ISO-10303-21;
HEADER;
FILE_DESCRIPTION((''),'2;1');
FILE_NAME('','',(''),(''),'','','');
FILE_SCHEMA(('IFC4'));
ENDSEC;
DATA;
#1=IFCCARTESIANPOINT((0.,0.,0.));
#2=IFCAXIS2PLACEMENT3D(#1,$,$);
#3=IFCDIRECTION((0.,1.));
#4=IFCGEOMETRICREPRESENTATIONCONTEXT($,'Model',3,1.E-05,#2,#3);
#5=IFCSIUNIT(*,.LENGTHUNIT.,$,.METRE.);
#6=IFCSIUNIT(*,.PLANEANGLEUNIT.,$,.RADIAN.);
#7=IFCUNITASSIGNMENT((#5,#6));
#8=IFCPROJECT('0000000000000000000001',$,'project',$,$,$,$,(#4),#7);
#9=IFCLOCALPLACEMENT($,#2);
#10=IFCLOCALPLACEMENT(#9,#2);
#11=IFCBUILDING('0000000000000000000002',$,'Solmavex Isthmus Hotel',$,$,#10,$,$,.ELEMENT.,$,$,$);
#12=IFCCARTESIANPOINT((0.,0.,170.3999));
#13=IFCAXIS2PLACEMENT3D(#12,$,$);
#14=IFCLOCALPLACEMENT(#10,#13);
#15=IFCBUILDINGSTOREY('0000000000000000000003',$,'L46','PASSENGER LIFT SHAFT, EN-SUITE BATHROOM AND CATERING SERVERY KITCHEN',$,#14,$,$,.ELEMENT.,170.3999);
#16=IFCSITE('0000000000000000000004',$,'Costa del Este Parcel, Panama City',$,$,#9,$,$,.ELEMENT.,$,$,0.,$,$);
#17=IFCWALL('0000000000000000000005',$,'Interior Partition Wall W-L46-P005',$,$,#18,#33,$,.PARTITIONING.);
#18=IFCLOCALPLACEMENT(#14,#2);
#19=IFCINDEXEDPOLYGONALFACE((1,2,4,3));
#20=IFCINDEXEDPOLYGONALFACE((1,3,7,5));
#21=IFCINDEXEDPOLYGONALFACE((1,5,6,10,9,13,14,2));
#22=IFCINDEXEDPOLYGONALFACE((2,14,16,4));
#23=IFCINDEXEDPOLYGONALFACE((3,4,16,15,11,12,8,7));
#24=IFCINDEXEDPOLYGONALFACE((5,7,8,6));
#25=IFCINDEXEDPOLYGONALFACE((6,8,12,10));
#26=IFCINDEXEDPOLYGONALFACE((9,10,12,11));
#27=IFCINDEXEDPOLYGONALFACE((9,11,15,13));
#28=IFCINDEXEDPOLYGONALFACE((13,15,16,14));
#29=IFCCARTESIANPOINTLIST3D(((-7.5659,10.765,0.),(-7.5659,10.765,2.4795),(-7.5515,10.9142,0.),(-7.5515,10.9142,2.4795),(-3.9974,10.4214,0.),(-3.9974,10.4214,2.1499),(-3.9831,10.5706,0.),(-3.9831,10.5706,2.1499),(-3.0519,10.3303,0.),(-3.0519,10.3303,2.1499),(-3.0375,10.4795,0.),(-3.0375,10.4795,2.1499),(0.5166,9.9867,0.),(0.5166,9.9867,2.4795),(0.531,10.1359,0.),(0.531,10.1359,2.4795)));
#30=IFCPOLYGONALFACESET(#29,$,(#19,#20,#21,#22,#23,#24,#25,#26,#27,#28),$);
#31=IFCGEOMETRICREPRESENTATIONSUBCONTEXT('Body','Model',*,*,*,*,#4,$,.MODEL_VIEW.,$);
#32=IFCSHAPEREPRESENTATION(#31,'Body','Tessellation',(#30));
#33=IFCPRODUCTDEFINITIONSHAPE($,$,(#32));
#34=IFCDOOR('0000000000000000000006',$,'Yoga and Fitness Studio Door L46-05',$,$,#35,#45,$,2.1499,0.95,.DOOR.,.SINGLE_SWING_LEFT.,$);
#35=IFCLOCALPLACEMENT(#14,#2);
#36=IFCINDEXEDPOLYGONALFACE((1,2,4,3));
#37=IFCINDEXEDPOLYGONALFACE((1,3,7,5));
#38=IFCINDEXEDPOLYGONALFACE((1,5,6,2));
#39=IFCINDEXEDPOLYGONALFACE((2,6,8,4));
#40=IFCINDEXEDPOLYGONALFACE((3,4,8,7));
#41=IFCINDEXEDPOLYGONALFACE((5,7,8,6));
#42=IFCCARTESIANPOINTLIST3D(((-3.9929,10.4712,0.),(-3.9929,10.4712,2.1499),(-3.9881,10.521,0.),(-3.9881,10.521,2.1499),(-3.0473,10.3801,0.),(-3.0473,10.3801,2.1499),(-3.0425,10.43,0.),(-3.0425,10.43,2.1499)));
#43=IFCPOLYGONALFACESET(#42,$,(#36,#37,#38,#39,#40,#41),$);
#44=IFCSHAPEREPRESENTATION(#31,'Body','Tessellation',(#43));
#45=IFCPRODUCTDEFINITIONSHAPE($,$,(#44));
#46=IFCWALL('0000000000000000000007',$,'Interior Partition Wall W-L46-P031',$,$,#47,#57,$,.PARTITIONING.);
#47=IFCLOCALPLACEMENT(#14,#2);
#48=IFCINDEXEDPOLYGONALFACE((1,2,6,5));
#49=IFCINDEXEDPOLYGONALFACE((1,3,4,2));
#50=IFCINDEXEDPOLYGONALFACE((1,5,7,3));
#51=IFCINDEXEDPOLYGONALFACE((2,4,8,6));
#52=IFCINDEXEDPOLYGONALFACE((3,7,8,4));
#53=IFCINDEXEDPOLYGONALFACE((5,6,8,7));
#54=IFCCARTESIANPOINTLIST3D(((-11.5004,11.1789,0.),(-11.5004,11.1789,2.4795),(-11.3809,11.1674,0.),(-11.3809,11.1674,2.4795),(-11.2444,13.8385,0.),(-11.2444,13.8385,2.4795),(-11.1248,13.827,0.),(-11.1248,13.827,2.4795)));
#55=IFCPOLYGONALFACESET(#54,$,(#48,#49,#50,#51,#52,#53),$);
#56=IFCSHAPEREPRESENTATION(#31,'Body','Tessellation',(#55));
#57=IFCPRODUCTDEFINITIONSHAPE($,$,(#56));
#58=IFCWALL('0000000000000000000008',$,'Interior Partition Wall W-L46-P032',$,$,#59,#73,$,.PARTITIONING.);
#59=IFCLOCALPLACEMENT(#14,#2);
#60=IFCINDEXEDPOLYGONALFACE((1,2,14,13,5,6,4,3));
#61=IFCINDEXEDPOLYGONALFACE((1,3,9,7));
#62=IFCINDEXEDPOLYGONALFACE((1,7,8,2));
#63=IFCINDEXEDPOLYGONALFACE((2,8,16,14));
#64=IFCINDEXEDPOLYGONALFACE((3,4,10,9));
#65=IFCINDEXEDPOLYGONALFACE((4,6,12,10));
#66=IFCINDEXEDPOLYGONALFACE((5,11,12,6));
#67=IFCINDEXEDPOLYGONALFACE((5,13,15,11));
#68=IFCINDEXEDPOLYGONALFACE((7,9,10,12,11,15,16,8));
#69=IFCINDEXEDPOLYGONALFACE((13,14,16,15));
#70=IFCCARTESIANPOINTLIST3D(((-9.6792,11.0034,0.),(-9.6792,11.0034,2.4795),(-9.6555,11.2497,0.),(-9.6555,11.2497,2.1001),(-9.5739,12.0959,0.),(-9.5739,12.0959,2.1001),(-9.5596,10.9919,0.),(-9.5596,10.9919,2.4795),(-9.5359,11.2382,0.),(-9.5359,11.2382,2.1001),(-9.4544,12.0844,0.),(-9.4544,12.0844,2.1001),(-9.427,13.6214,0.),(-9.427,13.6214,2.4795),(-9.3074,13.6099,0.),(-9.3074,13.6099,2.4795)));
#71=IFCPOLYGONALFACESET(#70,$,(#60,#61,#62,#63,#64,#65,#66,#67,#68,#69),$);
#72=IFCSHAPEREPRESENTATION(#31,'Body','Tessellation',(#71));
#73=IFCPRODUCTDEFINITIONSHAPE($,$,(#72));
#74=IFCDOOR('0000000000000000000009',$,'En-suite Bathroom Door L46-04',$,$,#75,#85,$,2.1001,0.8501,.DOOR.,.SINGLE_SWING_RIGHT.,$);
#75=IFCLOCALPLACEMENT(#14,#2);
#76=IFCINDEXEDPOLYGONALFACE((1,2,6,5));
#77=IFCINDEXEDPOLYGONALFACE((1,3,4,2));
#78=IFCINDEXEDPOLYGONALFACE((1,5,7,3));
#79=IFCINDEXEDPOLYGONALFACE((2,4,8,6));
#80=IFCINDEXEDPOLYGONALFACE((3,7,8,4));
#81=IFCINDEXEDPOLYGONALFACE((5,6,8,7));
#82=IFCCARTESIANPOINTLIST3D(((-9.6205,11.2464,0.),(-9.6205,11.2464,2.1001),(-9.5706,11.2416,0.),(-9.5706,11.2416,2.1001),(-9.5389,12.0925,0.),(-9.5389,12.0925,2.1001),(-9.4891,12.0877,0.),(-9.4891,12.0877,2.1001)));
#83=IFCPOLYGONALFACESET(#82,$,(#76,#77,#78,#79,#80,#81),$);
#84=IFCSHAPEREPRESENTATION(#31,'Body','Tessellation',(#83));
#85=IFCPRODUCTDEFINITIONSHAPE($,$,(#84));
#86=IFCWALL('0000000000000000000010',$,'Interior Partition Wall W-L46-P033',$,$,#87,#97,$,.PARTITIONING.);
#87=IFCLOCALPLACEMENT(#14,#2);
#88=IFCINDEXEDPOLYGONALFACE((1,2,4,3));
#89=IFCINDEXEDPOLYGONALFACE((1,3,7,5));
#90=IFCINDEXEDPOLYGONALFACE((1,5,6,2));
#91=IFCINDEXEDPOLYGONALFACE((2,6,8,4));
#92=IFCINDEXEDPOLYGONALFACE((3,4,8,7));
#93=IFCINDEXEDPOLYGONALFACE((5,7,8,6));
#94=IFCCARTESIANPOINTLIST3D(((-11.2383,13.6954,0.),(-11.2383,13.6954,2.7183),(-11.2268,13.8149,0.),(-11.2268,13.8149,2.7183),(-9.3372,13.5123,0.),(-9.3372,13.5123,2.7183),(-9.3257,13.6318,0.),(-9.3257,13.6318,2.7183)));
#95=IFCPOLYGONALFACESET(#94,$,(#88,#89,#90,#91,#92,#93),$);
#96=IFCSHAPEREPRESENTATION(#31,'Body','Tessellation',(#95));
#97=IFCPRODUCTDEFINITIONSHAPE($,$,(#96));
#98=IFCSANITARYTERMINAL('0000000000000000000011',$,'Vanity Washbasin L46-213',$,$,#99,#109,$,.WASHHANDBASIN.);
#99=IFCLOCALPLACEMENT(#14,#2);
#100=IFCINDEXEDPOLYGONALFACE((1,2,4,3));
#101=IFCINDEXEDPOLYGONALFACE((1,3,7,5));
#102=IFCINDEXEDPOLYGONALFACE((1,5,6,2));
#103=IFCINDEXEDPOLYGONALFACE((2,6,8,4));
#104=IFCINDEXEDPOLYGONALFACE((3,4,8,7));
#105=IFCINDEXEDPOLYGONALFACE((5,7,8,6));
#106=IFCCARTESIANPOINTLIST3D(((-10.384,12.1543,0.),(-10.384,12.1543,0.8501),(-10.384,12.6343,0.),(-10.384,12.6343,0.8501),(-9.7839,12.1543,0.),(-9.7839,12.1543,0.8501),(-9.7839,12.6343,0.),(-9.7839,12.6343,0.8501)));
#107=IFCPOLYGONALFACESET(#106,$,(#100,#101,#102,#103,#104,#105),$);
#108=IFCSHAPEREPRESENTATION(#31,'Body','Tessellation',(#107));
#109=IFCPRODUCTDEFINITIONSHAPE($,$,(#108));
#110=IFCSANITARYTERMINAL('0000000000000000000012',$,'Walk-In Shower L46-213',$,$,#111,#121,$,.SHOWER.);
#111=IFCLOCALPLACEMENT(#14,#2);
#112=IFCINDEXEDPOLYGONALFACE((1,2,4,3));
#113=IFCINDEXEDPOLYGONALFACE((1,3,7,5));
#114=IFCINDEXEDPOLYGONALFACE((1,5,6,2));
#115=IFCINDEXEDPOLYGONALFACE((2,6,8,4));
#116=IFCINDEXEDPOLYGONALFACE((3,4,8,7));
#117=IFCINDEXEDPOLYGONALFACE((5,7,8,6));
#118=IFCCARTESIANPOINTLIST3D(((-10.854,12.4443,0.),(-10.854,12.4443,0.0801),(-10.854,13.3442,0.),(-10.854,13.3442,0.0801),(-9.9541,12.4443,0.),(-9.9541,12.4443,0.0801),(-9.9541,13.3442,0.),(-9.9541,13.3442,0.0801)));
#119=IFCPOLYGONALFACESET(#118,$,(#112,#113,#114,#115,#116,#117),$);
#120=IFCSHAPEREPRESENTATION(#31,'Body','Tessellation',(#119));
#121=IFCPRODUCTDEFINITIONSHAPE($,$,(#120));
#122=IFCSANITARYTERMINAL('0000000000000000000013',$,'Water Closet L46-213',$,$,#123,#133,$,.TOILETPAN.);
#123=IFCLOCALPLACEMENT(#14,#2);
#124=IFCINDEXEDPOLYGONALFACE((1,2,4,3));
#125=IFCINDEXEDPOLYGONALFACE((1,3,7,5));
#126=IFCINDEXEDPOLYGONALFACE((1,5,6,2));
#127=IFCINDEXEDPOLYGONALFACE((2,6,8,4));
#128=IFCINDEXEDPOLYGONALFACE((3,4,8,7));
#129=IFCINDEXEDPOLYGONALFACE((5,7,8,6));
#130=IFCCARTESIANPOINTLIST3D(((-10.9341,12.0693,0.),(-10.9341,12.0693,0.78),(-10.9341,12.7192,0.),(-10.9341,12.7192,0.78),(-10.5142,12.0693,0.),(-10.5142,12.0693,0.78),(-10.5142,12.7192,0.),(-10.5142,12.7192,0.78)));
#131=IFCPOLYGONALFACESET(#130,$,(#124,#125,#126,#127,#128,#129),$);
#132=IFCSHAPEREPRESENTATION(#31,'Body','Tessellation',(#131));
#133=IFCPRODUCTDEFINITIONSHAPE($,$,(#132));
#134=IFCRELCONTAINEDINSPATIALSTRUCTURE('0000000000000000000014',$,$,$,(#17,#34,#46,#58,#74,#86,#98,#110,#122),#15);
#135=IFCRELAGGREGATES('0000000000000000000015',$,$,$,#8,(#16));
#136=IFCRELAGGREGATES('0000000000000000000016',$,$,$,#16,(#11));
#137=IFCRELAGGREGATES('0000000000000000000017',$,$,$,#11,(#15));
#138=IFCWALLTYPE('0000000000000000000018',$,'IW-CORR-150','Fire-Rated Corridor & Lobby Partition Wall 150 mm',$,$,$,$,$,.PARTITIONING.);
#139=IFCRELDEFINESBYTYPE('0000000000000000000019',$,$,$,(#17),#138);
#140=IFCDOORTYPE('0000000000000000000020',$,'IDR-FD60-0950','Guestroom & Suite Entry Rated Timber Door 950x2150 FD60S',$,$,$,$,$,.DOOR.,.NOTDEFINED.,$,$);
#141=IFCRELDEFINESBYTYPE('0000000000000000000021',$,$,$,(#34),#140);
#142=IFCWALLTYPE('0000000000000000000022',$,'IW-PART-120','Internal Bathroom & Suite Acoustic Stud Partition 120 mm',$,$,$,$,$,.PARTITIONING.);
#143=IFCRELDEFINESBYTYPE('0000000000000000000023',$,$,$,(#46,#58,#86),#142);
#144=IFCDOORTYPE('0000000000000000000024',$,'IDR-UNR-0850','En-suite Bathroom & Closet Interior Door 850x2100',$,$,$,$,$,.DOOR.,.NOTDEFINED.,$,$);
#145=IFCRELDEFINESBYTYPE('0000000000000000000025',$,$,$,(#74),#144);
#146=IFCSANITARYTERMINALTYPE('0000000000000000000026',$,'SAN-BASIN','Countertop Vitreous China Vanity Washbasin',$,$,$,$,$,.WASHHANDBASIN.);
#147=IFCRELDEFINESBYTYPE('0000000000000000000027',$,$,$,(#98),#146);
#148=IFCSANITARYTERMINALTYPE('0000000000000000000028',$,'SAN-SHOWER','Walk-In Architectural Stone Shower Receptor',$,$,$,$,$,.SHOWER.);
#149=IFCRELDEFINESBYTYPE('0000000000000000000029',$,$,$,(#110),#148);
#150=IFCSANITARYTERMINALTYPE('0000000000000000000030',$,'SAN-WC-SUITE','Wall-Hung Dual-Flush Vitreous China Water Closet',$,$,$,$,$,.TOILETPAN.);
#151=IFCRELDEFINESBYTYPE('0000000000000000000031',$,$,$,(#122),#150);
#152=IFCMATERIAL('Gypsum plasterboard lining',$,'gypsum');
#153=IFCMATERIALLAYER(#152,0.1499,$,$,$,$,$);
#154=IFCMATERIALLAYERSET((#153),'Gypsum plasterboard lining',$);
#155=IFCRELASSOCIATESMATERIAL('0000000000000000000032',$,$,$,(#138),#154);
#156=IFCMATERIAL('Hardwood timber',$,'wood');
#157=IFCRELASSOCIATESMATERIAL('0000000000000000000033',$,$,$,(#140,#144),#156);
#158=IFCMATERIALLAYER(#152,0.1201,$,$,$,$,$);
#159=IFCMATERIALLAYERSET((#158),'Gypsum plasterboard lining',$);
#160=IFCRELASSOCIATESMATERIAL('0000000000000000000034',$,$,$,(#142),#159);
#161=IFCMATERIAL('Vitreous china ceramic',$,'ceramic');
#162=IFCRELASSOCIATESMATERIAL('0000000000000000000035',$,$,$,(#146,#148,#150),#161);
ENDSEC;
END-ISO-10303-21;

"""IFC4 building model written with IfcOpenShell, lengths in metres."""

from ifc_helpers import new_model, si_unit, direction, frame, frame_2d, origin, origin_2d, place, context, subcontext, project, spatial, rectangle, extrude, material, layer, layer_set, type_object, element, fill, save


model = new_model("IFC4")

# Units and contexts
model_context = context("Model", 3, precision=1e-05, world=origin(), true_north=direction((0.0, 1.0)))
body_context = subcontext(model_context, "Body", "Model", "MODEL_VIEW")
ifc_project = project(units=[si_unit("LENGTHUNIT", "METRE"), si_unit("PLANEANGLEUNIT", "RADIAN")], contexts=[model_context])

# Site, building, storey
site_placement = place(None, origin())
site = spatial("IfcSite", under=ifc_project, at=site_placement, Name="Costa del Este Parcel, Panama City", CompositionType="ELEMENT", RefElevation=0.0)
building_placement = place(site_placement, origin())
building = spatial("IfcBuilding", under=site, at=building_placement, Name="Solmavex Isthmus Hotel", CompositionType="ELEMENT")
storey_placement = place(building_placement, frame((0.0, 0.0, 170.3999)))
storey = spatial("IfcBuildingStorey", under=building, at=storey_placement, Name="L46", Description="PASSENGER LIFT SHAFT, EN-SUITE BATHROOM AND CATERING SERVERY KITCHEN", CompositionType="ELEMENT", Elevation=170.3999)

# Shared definitions
ifc_material_1 = material(Name="Gypsum plasterboard lining", Category="gypsum")

# Shared definitions
ifc_layer_1 = layer(ifc_material_1, 0.1499)
ifc_layer_set_1 = layer_set([ifc_layer_1], Name="Gypsum plasterboard lining")
wall_type_1 = type_object("IfcWallType", Name="IW-CORR-150", Description="Fire-Rated Corridor & Lobby Partition Wall 150 mm", PredefinedType="PARTITIONING", material=ifc_layer_set_1)
ifc_material_2 = material(Name="Hardwood timber", Category="wood")
door_type_1 = type_object("IfcDoorType", Name="IDR-FD60-0950", Description="Guestroom & Suite Entry Rated Timber Door 950x2150 FD60S", OperationType="NOTDEFINED", PredefinedType="DOOR", material=ifc_material_2)

# Wall, opening, door
wall_1_placement = place(storey_placement, frame((-7.5588, 10.8396, 0.0), z_axis=(0.0, 0.0, 1.0), x_axis=(0.995395, -0.095853, 0.0)))
wall_1 = element("IfcWall", 1, at=wall_1_placement, inside=storey, type_object=wall_type_1, Name="Interior Partition Wall W-L46-P005", PredefinedType="PARTITIONING", context=body_context, shape_type="SweptSolid", body=[
    extrude(rectangle(XDim=8.1199, YDim=0.1499, at=frame_2d((4.0601, 0.0))), origin(), (0.0, 0.0, 1.0), 2.4795),
])
opening_1_placement = place(wall_1_placement, frame((3.585, 0.0, 0.0)))
opening_1 = element("IfcOpeningElement", 2, at=opening_1_placement, cuts=wall_1, PredefinedType="OPENING", context=body_context, shape_type="SweptSolid", body=[
    extrude(rectangle(XDim=0.95, YDim=2.1499, at=frame_2d((0.4751, 1.075))), frame((0.0, 0.085, 0.0), z_axis=(0.0, -1.0, 0.0), x_axis=(1.0, 0.0, 0.0)), (0.0, 0.0, 1.0), 0.1699),
])
door_1_placement = place(opening_1_placement, frame((0.95, 0.0, 0.0), z_axis=(0.0, 0.0, 1.0), x_axis=(-1.0, 0.0, 0.0)))
door_1 = element("IfcDoor", 3, at=door_1_placement, inside=storey, type_object=door_type_1, Name="Yoga and Fitness Studio Door L46-05", OperationType="SINGLE_SWING_LEFT", OverallHeight=2.1499, OverallWidth=0.95, PredefinedType="DOOR", context=body_context, shape_type="SweptSolid", body=[
    extrude(rectangle(XDim=0.95, YDim=2.1499, at=frame_2d((0.4751, 1.075))), frame((0.0, 0.0249, 0.0), z_axis=(0.0, -1.0, 0.0), x_axis=(1.0, 0.0, 0.0)), (0.0, 0.0, 1.0), 0.05),
])
fill(opening_1, door_1)

# Wall
ifc_layer_2 = layer(ifc_material_1, 0.1201)
ifc_layer_set_2 = layer_set([ifc_layer_2], Name="Gypsum plasterboard lining")
wall_type_2 = type_object("IfcWallType", Name="IW-PART-120", Description="Internal Bathroom & Suite Acoustic Stud Partition 120 mm", PredefinedType="PARTITIONING", material=ifc_layer_set_2)
wall_2_placement = place(storey_placement, frame((-11.1846, 13.8328, 0.0), z_axis=(0.0, 0.0, 1.0), x_axis=(-0.095848, -0.995396, 0.0)))
element("IfcWall", 4, at=wall_2_placement, inside=storey, type_object=wall_type_2, Name="Interior Partition Wall W-L46-P031", PredefinedType="PARTITIONING", context=body_context, shape_type="SweptSolid", body=[
    extrude(rectangle(XDim=2.6719, YDim=0.1201, at=frame_2d((1.3359, 0.0))), origin(), (0.0, 0.0, 1.0), 2.4795),
])

# Wall, opening, door
wall_3_placement = place(storey_placement, frame((-9.6194, 10.9978, 0.0), z_axis=(0.0, 0.0, 1.0), x_axis=(0.095891, 0.995392, 0.0)))
wall_3 = element("IfcWall", 5, at=wall_3_placement, inside=storey, type_object=wall_type_2, Name="Interior Partition Wall W-L46-P032", PredefinedType="PARTITIONING", context=body_context, shape_type="SweptSolid", body=[
    extrude(rectangle(XDim=2.6301, YDim=0.1201, at=frame_2d((1.3149, 0.0))), origin(), (0.0, 0.0, 1.0), 2.4795),
])
opening_2_placement = place(wall_3_placement, frame((0.2473, 0.0, 0.0)))
opening_2 = element("IfcOpeningElement", 6, at=opening_2_placement, cuts=wall_3, PredefinedType="OPENING", context=body_context, shape_type="SweptSolid", body=[
    extrude(rectangle(XDim=0.8501, YDim=2.1001, at=frame_2d((0.425, 1.05))), frame((0.0, 0.0701, 0.0), z_axis=(0.0, -1.0, 0.0), x_axis=(1.0, 0.0, 0.0)), (0.0, 0.0, 1.0), 0.1401),
])
door_type_2 = type_object("IfcDoorType", Name="IDR-UNR-0850", Description="En-suite Bathroom & Closet Interior Door 850x2100", OperationType="NOTDEFINED", PredefinedType="DOOR", material=ifc_material_2)
door_2_placement = place(opening_2_placement, origin())
door_2 = element("IfcDoor", 7, at=door_2_placement, inside=storey, type_object=door_type_2, Name="En-suite Bathroom Door L46-04", OperationType="SINGLE_SWING_RIGHT", OverallHeight=2.1001, OverallWidth=0.8501, PredefinedType="DOOR", context=body_context, shape_type="SweptSolid", body=[
    extrude(rectangle(XDim=0.8501, YDim=2.1001, at=frame_2d((0.425, 1.05))), frame((0.0, 0.0249, 0.0), z_axis=(0.0, -1.0, 0.0), x_axis=(1.0, 0.0, 0.0)), (0.0, 0.0, 1.0), 0.05),
])
fill(opening_2, door_2)

# Wall
wall_4_placement = place(storey_placement, frame((-9.3313, 13.572, 0.0), z_axis=(0.0, 0.0, 1.0), x_axis=(-0.995394, 0.095871, 0.0)))
element("IfcWall", 8, at=wall_4_placement, inside=storey, type_object=wall_type_2, Name="Interior Partition Wall W-L46-P033", PredefinedType="PARTITIONING", context=body_context, shape_type="SweptSolid", body=[
    extrude(rectangle(XDim=1.9099, YDim=0.1201, at=frame_2d((0.9551, 0.0))), origin(), (0.0, 0.0, 1.0), 2.7183),
])

# Sanitary terminals
ifc_material_3 = material(Name="Vitreous china ceramic", Category="ceramic")
sanitary_terminal_type_1 = type_object("IfcSanitaryTerminalType", Name="SAN-BASIN", Description="Countertop Vitreous China Vanity Washbasin", PredefinedType="WASHHANDBASIN", material=ifc_material_3)
sanitary_terminal_1_placement = place(storey_placement, frame((-10.084, 12.3943, 0.0), z_axis=(0.0, 0.0, 1.0), x_axis=(1.0, 0.0, 0.0)))
element("IfcSanitaryTerminal", 9, at=sanitary_terminal_1_placement, inside=storey, type_object=sanitary_terminal_type_1, Name="Vanity Washbasin L46-213", PredefinedType="WASHHANDBASIN", context=body_context, shape_type="SweptSolid", body=[
    extrude(rectangle(XDim=0.6001, YDim=0.48, at=origin_2d()), origin(), (0.0, 0.0, 1.0), 0.8501),
])
sanitary_terminal_type_2 = type_object("IfcSanitaryTerminalType", Name="SAN-SHOWER", Description="Walk-In Architectural Stone Shower Receptor", PredefinedType="SHOWER", material=ifc_material_3)
sanitary_terminal_2_placement = place(storey_placement, frame((-10.4041, 12.8943, 0.0), z_axis=(0.0, 0.0, 1.0), x_axis=(1.0, 0.0, 0.0)))
element("IfcSanitaryTerminal", 10, at=sanitary_terminal_2_placement, inside=storey, type_object=sanitary_terminal_type_2, Name="Walk-In Shower L46-213", PredefinedType="SHOWER", context=body_context, shape_type="SweptSolid", body=[
    extrude(rectangle(XDim=0.8999, YDim=0.8999, at=origin_2d()), origin(), (0.0, 0.0, 1.0), 0.0801),
])
sanitary_terminal_type_3 = type_object("IfcSanitaryTerminalType", Name="SAN-WC-SUITE", Description="Wall-Hung Dual-Flush Vitreous China Water Closet", PredefinedType="TOILETPAN", material=ifc_material_3)
sanitary_terminal_3_placement = place(storey_placement, frame((-10.7241, 12.3943, 0.0), z_axis=(0.0, 0.0, 1.0), x_axis=(1.0, 0.0, 0.0)))
element("IfcSanitaryTerminal", 11, at=sanitary_terminal_3_placement, inside=storey, type_object=sanitary_terminal_type_3, Name="Water Closet L46-213", PredefinedType="TOILETPAN", context=body_context, shape_type="SweptSolid", body=[
    extrude(rectangle(XDim=0.4199, YDim=0.6499, at=origin_2d()), origin(), (0.0, 0.0, 1.0), 0.78),
])

save(model, "model.ifc")
